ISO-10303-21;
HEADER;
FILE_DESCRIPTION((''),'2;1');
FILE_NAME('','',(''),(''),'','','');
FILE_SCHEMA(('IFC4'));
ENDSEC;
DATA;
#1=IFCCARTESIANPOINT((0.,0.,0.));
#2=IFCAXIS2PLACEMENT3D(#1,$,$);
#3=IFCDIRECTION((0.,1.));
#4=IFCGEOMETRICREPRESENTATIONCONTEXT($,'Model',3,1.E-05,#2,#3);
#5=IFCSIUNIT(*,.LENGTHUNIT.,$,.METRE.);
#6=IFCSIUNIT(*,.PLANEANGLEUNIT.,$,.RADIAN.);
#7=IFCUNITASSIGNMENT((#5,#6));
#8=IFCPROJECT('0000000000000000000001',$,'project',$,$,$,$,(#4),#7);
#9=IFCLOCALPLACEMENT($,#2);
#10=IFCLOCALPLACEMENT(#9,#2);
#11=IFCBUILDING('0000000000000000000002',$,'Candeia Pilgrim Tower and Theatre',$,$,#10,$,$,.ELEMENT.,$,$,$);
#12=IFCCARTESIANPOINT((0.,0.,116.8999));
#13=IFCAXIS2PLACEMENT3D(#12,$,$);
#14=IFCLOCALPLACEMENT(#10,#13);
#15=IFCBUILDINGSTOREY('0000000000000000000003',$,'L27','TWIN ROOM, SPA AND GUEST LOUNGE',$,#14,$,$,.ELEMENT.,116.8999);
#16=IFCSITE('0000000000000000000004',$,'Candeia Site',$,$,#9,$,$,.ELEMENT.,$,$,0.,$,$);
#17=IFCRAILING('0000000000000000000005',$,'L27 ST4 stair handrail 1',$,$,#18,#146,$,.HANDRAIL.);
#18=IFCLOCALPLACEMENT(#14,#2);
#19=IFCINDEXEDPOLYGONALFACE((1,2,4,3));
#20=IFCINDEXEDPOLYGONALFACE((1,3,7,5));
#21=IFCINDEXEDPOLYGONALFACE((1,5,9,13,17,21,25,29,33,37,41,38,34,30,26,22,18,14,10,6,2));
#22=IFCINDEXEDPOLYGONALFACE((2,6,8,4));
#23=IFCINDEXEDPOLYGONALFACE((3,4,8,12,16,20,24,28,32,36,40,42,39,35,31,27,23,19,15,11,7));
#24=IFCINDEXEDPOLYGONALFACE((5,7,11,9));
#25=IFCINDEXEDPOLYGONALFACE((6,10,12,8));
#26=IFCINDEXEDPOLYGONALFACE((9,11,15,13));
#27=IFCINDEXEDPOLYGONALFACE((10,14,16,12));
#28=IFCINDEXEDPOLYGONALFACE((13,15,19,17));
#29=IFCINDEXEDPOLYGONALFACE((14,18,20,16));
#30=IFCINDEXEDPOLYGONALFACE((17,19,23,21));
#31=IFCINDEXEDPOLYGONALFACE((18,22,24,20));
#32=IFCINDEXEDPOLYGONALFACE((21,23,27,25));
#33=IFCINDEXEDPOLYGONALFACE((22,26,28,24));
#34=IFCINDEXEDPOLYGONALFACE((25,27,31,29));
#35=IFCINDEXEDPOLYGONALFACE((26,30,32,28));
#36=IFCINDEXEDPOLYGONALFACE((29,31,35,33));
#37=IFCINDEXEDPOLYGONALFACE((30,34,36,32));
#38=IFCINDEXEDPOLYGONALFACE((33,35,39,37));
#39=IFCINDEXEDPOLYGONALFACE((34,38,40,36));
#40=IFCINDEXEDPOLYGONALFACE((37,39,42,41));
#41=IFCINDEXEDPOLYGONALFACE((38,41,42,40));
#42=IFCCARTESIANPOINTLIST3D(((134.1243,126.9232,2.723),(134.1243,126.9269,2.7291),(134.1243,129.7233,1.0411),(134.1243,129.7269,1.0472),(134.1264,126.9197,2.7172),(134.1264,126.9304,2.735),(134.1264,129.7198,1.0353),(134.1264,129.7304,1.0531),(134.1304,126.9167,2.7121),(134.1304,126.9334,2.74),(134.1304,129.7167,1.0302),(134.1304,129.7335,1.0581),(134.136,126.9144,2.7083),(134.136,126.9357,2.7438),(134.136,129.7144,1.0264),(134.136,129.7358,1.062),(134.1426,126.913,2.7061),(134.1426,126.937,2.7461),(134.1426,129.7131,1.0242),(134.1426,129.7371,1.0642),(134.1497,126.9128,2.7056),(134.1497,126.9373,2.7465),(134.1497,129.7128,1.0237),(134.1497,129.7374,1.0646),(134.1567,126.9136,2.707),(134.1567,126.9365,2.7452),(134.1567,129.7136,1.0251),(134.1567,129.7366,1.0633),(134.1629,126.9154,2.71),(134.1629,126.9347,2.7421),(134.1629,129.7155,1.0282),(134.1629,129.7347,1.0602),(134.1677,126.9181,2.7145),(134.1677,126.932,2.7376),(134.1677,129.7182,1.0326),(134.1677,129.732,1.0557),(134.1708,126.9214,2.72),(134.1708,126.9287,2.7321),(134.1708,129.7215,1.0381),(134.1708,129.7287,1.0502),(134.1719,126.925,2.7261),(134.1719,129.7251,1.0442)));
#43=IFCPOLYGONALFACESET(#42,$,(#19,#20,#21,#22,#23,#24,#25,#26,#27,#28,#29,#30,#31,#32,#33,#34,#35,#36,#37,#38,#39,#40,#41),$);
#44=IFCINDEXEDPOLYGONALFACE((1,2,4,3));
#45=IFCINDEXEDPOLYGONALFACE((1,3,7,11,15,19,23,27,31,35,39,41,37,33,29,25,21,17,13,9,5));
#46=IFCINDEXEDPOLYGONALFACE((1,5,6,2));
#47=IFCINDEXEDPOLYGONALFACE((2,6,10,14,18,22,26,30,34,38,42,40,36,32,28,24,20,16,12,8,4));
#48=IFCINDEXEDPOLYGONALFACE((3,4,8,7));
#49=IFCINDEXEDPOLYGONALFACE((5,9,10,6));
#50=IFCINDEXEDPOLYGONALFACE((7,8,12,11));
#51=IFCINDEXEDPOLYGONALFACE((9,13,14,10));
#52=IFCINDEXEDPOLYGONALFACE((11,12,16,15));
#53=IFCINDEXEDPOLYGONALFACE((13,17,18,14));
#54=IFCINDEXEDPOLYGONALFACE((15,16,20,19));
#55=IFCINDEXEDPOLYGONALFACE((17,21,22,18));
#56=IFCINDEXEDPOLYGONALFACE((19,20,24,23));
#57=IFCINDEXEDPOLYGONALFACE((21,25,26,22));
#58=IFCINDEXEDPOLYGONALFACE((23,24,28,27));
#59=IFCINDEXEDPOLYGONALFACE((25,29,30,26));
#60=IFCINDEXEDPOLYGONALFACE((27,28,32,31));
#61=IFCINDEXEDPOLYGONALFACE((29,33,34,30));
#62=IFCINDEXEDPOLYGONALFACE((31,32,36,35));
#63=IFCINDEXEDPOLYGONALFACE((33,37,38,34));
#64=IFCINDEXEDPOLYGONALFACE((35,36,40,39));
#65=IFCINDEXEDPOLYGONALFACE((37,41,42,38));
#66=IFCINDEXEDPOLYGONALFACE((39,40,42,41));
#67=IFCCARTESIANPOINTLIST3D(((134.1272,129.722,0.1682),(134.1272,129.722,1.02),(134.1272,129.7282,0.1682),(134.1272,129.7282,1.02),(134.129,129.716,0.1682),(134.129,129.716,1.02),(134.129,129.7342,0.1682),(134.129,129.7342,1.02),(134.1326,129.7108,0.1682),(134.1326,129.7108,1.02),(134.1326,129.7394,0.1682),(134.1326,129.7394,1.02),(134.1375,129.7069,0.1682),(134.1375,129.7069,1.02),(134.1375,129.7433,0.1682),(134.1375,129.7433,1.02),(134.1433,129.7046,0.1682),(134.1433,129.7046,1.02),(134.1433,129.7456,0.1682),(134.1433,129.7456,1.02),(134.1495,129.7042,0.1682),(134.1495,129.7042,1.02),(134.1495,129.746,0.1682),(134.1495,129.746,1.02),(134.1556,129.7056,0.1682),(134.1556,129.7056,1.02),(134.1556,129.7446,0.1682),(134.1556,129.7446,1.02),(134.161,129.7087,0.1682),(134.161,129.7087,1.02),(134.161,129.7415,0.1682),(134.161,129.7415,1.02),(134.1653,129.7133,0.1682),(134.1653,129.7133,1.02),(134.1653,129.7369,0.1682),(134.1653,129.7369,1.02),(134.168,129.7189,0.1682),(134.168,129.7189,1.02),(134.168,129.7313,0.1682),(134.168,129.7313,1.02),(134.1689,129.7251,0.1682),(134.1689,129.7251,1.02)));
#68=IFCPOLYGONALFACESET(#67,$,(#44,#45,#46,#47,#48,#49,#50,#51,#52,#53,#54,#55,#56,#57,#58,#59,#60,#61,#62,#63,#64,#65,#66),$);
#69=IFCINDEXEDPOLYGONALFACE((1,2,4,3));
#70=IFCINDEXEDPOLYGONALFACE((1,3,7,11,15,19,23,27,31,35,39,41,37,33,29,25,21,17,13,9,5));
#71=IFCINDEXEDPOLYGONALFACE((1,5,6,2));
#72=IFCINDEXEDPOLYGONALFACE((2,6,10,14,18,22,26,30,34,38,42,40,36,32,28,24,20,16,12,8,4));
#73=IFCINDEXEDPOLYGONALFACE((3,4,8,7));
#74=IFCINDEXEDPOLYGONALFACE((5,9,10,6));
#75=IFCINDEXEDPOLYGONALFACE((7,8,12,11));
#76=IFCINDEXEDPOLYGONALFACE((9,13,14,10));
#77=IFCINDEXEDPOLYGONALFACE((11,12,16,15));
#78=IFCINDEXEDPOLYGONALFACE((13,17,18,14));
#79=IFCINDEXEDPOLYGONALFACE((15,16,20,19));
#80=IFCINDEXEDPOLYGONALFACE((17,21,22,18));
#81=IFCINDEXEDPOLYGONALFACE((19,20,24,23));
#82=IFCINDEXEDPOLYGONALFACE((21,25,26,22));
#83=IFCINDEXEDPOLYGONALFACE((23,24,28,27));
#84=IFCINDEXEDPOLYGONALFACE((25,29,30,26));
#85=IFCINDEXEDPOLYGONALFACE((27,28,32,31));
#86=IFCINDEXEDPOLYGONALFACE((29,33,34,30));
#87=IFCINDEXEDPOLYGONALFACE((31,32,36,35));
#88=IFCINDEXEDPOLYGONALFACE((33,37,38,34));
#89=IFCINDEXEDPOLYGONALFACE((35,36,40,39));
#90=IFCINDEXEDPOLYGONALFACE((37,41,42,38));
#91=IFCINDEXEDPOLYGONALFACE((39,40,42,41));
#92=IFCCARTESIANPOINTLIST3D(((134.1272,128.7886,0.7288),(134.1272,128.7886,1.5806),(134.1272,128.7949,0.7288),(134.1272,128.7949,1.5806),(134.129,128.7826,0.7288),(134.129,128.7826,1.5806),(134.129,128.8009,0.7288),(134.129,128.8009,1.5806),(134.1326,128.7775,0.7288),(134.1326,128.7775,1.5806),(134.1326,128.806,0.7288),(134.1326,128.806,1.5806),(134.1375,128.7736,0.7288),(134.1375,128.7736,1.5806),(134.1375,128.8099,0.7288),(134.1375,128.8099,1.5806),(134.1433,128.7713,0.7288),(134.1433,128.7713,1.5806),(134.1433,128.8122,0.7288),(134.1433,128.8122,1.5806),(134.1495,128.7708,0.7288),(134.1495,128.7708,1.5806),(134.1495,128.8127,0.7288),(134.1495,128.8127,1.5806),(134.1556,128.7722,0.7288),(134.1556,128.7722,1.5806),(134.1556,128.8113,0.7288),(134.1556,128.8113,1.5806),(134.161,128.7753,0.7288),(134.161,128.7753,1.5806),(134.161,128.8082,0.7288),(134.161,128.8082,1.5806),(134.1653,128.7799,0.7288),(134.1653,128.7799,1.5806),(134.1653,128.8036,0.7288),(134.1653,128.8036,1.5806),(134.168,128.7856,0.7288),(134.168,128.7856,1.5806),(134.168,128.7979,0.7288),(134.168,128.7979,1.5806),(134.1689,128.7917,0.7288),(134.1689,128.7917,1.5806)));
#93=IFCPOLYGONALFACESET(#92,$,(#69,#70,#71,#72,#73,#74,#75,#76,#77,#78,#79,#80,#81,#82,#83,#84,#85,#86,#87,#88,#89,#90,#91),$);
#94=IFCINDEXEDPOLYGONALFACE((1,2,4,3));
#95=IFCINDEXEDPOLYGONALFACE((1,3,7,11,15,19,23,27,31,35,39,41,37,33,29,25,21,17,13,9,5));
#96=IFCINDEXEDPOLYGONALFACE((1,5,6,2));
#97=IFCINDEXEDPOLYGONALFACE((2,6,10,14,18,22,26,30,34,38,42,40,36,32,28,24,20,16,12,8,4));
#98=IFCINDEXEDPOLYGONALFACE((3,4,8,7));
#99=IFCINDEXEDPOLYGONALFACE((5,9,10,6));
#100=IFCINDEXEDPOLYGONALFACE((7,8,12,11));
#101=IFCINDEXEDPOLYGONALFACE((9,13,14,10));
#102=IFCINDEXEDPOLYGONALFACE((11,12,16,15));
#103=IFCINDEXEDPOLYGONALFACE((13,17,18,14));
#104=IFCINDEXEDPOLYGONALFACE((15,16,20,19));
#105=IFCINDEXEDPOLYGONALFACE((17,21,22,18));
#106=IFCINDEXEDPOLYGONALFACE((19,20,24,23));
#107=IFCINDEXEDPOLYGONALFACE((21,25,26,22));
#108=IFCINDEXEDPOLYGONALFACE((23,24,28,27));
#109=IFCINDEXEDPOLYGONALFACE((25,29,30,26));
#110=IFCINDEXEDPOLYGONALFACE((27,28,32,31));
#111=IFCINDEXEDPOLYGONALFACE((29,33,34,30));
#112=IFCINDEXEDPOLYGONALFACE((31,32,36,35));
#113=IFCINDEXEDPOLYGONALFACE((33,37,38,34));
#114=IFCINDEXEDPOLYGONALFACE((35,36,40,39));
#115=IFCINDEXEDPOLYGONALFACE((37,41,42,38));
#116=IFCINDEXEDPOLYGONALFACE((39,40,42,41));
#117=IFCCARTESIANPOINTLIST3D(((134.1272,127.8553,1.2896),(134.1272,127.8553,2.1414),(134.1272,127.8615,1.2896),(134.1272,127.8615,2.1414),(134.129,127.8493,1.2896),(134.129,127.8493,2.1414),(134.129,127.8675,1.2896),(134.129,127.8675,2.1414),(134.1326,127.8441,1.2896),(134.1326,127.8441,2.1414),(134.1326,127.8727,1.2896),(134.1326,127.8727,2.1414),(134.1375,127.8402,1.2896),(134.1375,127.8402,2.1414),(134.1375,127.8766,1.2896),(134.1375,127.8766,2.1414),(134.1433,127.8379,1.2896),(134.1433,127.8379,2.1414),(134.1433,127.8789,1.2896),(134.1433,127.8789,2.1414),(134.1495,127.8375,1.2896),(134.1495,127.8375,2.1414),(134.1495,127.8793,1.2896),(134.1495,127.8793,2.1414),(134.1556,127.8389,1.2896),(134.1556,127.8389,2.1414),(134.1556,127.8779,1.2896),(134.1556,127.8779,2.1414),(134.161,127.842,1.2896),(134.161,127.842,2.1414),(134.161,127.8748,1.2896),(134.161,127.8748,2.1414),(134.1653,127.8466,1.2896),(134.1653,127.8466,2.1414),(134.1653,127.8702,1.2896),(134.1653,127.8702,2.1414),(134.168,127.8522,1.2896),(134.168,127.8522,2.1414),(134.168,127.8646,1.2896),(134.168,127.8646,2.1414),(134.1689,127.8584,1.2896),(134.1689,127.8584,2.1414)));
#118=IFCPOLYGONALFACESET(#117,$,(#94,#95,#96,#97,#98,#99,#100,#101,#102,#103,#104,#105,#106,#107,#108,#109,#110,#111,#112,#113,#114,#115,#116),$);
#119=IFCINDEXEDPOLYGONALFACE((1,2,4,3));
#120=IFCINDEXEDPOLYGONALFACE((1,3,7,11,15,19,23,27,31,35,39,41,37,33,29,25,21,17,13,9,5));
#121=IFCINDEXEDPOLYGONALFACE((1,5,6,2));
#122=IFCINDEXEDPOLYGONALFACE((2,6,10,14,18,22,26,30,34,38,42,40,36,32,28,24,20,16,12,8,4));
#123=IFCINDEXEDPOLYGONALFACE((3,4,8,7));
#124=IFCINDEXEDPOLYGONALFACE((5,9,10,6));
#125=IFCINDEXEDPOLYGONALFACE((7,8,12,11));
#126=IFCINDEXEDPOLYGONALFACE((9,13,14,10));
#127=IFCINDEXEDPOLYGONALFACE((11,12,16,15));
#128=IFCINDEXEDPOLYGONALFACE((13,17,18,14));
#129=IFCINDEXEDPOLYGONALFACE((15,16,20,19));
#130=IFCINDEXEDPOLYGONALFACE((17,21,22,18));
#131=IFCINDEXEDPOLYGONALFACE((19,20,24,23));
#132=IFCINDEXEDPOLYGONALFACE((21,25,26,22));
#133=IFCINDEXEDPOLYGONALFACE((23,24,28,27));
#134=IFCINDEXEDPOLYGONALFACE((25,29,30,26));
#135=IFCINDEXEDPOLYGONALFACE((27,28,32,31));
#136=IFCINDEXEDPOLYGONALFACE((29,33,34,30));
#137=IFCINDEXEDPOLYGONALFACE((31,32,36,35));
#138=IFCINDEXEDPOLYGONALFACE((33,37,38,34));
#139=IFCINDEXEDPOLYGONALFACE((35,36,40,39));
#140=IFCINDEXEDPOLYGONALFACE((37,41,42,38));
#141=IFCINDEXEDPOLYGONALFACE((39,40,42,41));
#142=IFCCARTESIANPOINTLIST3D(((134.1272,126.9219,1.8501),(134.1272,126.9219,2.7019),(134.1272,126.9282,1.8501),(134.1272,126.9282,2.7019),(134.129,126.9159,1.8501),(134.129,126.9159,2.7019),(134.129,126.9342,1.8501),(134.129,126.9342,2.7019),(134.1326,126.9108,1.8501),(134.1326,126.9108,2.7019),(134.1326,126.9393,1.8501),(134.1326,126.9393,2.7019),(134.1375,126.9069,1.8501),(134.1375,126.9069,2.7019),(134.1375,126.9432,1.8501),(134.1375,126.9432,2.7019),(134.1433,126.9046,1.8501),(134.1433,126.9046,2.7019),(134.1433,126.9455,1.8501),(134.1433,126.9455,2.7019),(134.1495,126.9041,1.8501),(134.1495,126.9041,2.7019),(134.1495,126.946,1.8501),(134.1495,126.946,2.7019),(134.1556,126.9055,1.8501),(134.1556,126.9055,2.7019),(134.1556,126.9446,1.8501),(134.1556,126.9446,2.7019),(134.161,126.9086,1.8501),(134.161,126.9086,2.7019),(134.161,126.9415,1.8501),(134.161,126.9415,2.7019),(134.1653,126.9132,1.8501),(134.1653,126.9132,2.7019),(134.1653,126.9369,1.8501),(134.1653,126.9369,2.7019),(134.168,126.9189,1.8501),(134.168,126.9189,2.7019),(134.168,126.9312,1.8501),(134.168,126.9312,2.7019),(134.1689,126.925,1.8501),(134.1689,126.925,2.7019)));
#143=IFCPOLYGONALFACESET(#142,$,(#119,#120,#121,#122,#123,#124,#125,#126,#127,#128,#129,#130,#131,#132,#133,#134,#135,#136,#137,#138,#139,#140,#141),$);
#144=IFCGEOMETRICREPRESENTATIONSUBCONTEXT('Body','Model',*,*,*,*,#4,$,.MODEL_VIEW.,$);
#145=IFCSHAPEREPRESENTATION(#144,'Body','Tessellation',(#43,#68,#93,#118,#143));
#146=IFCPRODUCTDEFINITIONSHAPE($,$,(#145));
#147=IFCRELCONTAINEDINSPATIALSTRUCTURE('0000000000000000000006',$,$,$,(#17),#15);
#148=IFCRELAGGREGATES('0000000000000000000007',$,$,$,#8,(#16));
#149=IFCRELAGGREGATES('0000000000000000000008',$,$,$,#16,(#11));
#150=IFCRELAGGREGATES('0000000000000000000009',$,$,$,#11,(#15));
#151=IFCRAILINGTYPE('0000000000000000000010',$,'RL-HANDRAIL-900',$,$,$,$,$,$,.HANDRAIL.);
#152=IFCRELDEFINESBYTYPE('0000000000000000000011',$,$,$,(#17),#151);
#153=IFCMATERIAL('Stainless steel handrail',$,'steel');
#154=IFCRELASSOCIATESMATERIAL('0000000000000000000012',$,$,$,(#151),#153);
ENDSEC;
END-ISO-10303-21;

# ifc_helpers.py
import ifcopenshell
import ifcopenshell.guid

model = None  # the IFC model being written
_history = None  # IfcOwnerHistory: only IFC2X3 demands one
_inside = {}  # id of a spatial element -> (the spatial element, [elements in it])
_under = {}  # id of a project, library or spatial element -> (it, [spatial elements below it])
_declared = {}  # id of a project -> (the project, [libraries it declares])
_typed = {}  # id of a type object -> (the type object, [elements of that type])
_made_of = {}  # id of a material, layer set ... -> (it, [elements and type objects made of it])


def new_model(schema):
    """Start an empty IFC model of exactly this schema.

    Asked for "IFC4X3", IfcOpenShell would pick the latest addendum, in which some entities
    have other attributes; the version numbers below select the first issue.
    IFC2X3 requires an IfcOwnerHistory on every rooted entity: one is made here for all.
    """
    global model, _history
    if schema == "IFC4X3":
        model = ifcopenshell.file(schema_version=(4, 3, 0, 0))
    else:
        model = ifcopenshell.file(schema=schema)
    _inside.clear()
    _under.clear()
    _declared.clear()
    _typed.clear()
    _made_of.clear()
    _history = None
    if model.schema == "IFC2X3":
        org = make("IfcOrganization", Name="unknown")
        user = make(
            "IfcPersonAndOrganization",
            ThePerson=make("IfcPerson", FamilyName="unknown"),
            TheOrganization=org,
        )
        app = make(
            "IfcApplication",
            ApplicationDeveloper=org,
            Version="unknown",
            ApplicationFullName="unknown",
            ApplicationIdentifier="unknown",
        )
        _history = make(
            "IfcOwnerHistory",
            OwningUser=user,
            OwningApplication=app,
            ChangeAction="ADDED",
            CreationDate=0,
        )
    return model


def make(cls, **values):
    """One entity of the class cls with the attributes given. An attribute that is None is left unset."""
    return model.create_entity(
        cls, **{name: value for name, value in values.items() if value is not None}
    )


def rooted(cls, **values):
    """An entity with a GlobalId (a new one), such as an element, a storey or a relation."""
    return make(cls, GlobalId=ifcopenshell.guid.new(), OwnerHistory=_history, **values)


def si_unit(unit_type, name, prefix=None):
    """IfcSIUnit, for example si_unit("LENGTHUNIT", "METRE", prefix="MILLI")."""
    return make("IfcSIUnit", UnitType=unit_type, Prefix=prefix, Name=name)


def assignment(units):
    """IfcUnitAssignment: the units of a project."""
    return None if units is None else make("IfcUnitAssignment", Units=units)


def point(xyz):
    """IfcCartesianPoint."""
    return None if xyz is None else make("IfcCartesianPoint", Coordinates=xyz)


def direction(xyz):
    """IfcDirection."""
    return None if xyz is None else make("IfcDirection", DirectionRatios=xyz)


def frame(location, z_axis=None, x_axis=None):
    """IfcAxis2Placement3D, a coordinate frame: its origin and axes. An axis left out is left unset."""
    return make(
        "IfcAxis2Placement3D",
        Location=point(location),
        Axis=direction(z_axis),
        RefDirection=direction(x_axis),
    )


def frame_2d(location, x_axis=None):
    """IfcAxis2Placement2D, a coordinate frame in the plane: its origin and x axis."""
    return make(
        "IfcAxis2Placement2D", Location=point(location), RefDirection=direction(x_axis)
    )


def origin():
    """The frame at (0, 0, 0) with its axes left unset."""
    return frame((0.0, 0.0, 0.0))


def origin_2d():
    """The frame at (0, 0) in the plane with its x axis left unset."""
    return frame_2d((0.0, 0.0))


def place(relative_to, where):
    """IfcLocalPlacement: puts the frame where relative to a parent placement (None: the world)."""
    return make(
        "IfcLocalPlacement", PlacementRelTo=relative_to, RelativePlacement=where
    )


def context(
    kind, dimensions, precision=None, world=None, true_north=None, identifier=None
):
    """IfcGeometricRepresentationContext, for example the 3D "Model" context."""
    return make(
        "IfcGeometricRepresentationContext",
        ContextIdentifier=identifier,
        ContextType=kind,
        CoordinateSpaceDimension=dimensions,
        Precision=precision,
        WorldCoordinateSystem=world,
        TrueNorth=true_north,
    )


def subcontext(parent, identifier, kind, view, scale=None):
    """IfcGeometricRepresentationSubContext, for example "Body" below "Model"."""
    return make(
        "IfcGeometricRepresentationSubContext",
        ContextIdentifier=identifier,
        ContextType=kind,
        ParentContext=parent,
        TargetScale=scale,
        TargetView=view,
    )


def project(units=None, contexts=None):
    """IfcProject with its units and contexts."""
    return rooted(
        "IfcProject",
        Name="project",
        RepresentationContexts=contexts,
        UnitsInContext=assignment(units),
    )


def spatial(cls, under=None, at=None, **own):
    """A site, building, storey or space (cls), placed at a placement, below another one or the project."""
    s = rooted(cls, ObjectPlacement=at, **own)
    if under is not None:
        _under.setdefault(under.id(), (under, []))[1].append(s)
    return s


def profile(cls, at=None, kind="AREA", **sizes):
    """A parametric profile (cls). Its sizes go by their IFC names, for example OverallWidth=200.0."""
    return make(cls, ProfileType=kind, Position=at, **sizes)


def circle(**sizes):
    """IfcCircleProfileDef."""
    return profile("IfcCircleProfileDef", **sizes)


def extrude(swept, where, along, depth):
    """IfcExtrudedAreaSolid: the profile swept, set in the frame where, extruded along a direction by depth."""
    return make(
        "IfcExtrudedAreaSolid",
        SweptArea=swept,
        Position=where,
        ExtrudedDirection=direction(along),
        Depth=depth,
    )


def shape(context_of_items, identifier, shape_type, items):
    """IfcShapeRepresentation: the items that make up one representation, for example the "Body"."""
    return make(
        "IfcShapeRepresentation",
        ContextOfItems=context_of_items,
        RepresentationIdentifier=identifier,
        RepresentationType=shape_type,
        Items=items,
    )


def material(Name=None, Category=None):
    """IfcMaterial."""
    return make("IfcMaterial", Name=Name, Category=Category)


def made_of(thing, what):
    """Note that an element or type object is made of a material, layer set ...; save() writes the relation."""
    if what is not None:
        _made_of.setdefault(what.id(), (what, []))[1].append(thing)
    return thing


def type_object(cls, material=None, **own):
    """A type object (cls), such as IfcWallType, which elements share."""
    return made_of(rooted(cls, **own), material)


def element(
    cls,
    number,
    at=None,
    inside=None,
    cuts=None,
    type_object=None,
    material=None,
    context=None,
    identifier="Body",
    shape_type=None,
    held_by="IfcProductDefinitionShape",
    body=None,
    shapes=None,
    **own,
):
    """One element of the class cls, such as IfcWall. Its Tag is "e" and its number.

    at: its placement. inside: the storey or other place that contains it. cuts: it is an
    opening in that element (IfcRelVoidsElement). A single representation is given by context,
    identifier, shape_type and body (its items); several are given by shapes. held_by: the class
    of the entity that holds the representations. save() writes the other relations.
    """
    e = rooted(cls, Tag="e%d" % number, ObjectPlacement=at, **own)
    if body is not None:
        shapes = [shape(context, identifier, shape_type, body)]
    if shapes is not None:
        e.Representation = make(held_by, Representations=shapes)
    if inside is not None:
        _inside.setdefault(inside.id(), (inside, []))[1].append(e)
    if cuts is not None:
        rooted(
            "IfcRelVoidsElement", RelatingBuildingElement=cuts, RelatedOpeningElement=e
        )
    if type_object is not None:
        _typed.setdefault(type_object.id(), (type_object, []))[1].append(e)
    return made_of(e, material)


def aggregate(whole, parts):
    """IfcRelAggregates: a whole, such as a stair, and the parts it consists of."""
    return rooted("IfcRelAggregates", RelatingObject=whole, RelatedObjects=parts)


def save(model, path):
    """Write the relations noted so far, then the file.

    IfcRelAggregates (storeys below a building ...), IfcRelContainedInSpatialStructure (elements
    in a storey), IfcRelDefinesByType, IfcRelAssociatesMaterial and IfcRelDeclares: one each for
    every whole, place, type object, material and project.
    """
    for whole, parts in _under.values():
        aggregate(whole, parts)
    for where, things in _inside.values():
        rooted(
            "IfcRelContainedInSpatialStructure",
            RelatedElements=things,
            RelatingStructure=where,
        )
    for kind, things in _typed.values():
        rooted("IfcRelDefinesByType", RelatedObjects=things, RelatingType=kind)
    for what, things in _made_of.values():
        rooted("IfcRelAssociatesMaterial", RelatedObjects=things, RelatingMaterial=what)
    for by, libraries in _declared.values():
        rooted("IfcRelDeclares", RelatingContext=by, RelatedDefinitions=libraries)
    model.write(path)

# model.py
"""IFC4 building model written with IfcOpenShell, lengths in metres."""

from ifc_helpers import new_model, si_unit, direction, frame, origin, origin_2d, place, context, subcontext, project, spatial, circle, extrude, material, type_object, element, save


model = new_model("IFC4")

# Units and contexts
model_context = context("Model", 3, precision=1e-05, world=origin(), true_north=direction((0.0, 1.0)))
body_context = subcontext(model_context, "Body", "Model", "MODEL_VIEW")
ifc_project = project(units=[si_unit("LENGTHUNIT", "METRE"), si_unit("PLANEANGLEUNIT", "RADIAN")], contexts=[model_context])

# Site, building, storey
site_placement = place(None, origin())
site = spatial("IfcSite", under=ifc_project, at=site_placement, Name="Candeia Site", CompositionType="ELEMENT", RefElevation=0.0)
building_placement = place(site_placement, origin())
building = spatial("IfcBuilding", under=site, at=building_placement, Name="Candeia Pilgrim Tower and Theatre", CompositionType="ELEMENT")
storey_placement = place(building_placement, frame((0.0, 0.0, 116.8999)))
storey = spatial("IfcBuildingStorey", under=building, at=storey_placement, Name="L27", Description="TWIN ROOM, SPA AND GUEST LOUNGE", CompositionType="ELEMENT", Elevation=116.8999)

# Railing
ifc_material_1 = material(Name="Stainless steel handrail", Category="steel")
railing_type_1 = type_object("IfcRailingType", Name="RL-HANDRAIL-900", PredefinedType="HANDRAIL", material=ifc_material_1)
railing_1_placement = place(storey_placement, frame((134.1479, 129.7251, 0.1682)))
element("IfcRailing", 1, at=railing_1_placement, inside=storey, type_object=railing_type_1, Name="L27 ST4 stair handrail 1", PredefinedType="HANDRAIL", context=body_context, shape_type="SweptSolid", body=[
    extrude(circle(Radius=0.0239, at=origin_2d()), frame((0.0, 0.0, 0.876), z_axis=(0.0, -0.857242, 0.514913), x_axis=(1.0, 0.0, 0.0)), (0.0, 0.0, 1.0), 3.2664),
    extrude(circle(Radius=0.021, at=origin_2d()), origin(), (0.0, 0.0, 1.0), 0.8518),
    extrude(circle(Radius=0.021, at=origin_2d()), frame((0.0, -0.9333, 0.5605)), (0.0, 0.0, 1.0), 0.8518),
    extrude(circle(Radius=0.021, at=origin_2d()), frame((0.0, -1.8667, 1.1213)), (0.0, 0.0, 1.0), 0.8518),
    extrude(circle(Radius=0.021, at=origin_2d()), frame((0.0, -2.8, 1.6819)), (0.0, 0.0, 1.0), 0.8518),
])

save(model, "model.ifc")
